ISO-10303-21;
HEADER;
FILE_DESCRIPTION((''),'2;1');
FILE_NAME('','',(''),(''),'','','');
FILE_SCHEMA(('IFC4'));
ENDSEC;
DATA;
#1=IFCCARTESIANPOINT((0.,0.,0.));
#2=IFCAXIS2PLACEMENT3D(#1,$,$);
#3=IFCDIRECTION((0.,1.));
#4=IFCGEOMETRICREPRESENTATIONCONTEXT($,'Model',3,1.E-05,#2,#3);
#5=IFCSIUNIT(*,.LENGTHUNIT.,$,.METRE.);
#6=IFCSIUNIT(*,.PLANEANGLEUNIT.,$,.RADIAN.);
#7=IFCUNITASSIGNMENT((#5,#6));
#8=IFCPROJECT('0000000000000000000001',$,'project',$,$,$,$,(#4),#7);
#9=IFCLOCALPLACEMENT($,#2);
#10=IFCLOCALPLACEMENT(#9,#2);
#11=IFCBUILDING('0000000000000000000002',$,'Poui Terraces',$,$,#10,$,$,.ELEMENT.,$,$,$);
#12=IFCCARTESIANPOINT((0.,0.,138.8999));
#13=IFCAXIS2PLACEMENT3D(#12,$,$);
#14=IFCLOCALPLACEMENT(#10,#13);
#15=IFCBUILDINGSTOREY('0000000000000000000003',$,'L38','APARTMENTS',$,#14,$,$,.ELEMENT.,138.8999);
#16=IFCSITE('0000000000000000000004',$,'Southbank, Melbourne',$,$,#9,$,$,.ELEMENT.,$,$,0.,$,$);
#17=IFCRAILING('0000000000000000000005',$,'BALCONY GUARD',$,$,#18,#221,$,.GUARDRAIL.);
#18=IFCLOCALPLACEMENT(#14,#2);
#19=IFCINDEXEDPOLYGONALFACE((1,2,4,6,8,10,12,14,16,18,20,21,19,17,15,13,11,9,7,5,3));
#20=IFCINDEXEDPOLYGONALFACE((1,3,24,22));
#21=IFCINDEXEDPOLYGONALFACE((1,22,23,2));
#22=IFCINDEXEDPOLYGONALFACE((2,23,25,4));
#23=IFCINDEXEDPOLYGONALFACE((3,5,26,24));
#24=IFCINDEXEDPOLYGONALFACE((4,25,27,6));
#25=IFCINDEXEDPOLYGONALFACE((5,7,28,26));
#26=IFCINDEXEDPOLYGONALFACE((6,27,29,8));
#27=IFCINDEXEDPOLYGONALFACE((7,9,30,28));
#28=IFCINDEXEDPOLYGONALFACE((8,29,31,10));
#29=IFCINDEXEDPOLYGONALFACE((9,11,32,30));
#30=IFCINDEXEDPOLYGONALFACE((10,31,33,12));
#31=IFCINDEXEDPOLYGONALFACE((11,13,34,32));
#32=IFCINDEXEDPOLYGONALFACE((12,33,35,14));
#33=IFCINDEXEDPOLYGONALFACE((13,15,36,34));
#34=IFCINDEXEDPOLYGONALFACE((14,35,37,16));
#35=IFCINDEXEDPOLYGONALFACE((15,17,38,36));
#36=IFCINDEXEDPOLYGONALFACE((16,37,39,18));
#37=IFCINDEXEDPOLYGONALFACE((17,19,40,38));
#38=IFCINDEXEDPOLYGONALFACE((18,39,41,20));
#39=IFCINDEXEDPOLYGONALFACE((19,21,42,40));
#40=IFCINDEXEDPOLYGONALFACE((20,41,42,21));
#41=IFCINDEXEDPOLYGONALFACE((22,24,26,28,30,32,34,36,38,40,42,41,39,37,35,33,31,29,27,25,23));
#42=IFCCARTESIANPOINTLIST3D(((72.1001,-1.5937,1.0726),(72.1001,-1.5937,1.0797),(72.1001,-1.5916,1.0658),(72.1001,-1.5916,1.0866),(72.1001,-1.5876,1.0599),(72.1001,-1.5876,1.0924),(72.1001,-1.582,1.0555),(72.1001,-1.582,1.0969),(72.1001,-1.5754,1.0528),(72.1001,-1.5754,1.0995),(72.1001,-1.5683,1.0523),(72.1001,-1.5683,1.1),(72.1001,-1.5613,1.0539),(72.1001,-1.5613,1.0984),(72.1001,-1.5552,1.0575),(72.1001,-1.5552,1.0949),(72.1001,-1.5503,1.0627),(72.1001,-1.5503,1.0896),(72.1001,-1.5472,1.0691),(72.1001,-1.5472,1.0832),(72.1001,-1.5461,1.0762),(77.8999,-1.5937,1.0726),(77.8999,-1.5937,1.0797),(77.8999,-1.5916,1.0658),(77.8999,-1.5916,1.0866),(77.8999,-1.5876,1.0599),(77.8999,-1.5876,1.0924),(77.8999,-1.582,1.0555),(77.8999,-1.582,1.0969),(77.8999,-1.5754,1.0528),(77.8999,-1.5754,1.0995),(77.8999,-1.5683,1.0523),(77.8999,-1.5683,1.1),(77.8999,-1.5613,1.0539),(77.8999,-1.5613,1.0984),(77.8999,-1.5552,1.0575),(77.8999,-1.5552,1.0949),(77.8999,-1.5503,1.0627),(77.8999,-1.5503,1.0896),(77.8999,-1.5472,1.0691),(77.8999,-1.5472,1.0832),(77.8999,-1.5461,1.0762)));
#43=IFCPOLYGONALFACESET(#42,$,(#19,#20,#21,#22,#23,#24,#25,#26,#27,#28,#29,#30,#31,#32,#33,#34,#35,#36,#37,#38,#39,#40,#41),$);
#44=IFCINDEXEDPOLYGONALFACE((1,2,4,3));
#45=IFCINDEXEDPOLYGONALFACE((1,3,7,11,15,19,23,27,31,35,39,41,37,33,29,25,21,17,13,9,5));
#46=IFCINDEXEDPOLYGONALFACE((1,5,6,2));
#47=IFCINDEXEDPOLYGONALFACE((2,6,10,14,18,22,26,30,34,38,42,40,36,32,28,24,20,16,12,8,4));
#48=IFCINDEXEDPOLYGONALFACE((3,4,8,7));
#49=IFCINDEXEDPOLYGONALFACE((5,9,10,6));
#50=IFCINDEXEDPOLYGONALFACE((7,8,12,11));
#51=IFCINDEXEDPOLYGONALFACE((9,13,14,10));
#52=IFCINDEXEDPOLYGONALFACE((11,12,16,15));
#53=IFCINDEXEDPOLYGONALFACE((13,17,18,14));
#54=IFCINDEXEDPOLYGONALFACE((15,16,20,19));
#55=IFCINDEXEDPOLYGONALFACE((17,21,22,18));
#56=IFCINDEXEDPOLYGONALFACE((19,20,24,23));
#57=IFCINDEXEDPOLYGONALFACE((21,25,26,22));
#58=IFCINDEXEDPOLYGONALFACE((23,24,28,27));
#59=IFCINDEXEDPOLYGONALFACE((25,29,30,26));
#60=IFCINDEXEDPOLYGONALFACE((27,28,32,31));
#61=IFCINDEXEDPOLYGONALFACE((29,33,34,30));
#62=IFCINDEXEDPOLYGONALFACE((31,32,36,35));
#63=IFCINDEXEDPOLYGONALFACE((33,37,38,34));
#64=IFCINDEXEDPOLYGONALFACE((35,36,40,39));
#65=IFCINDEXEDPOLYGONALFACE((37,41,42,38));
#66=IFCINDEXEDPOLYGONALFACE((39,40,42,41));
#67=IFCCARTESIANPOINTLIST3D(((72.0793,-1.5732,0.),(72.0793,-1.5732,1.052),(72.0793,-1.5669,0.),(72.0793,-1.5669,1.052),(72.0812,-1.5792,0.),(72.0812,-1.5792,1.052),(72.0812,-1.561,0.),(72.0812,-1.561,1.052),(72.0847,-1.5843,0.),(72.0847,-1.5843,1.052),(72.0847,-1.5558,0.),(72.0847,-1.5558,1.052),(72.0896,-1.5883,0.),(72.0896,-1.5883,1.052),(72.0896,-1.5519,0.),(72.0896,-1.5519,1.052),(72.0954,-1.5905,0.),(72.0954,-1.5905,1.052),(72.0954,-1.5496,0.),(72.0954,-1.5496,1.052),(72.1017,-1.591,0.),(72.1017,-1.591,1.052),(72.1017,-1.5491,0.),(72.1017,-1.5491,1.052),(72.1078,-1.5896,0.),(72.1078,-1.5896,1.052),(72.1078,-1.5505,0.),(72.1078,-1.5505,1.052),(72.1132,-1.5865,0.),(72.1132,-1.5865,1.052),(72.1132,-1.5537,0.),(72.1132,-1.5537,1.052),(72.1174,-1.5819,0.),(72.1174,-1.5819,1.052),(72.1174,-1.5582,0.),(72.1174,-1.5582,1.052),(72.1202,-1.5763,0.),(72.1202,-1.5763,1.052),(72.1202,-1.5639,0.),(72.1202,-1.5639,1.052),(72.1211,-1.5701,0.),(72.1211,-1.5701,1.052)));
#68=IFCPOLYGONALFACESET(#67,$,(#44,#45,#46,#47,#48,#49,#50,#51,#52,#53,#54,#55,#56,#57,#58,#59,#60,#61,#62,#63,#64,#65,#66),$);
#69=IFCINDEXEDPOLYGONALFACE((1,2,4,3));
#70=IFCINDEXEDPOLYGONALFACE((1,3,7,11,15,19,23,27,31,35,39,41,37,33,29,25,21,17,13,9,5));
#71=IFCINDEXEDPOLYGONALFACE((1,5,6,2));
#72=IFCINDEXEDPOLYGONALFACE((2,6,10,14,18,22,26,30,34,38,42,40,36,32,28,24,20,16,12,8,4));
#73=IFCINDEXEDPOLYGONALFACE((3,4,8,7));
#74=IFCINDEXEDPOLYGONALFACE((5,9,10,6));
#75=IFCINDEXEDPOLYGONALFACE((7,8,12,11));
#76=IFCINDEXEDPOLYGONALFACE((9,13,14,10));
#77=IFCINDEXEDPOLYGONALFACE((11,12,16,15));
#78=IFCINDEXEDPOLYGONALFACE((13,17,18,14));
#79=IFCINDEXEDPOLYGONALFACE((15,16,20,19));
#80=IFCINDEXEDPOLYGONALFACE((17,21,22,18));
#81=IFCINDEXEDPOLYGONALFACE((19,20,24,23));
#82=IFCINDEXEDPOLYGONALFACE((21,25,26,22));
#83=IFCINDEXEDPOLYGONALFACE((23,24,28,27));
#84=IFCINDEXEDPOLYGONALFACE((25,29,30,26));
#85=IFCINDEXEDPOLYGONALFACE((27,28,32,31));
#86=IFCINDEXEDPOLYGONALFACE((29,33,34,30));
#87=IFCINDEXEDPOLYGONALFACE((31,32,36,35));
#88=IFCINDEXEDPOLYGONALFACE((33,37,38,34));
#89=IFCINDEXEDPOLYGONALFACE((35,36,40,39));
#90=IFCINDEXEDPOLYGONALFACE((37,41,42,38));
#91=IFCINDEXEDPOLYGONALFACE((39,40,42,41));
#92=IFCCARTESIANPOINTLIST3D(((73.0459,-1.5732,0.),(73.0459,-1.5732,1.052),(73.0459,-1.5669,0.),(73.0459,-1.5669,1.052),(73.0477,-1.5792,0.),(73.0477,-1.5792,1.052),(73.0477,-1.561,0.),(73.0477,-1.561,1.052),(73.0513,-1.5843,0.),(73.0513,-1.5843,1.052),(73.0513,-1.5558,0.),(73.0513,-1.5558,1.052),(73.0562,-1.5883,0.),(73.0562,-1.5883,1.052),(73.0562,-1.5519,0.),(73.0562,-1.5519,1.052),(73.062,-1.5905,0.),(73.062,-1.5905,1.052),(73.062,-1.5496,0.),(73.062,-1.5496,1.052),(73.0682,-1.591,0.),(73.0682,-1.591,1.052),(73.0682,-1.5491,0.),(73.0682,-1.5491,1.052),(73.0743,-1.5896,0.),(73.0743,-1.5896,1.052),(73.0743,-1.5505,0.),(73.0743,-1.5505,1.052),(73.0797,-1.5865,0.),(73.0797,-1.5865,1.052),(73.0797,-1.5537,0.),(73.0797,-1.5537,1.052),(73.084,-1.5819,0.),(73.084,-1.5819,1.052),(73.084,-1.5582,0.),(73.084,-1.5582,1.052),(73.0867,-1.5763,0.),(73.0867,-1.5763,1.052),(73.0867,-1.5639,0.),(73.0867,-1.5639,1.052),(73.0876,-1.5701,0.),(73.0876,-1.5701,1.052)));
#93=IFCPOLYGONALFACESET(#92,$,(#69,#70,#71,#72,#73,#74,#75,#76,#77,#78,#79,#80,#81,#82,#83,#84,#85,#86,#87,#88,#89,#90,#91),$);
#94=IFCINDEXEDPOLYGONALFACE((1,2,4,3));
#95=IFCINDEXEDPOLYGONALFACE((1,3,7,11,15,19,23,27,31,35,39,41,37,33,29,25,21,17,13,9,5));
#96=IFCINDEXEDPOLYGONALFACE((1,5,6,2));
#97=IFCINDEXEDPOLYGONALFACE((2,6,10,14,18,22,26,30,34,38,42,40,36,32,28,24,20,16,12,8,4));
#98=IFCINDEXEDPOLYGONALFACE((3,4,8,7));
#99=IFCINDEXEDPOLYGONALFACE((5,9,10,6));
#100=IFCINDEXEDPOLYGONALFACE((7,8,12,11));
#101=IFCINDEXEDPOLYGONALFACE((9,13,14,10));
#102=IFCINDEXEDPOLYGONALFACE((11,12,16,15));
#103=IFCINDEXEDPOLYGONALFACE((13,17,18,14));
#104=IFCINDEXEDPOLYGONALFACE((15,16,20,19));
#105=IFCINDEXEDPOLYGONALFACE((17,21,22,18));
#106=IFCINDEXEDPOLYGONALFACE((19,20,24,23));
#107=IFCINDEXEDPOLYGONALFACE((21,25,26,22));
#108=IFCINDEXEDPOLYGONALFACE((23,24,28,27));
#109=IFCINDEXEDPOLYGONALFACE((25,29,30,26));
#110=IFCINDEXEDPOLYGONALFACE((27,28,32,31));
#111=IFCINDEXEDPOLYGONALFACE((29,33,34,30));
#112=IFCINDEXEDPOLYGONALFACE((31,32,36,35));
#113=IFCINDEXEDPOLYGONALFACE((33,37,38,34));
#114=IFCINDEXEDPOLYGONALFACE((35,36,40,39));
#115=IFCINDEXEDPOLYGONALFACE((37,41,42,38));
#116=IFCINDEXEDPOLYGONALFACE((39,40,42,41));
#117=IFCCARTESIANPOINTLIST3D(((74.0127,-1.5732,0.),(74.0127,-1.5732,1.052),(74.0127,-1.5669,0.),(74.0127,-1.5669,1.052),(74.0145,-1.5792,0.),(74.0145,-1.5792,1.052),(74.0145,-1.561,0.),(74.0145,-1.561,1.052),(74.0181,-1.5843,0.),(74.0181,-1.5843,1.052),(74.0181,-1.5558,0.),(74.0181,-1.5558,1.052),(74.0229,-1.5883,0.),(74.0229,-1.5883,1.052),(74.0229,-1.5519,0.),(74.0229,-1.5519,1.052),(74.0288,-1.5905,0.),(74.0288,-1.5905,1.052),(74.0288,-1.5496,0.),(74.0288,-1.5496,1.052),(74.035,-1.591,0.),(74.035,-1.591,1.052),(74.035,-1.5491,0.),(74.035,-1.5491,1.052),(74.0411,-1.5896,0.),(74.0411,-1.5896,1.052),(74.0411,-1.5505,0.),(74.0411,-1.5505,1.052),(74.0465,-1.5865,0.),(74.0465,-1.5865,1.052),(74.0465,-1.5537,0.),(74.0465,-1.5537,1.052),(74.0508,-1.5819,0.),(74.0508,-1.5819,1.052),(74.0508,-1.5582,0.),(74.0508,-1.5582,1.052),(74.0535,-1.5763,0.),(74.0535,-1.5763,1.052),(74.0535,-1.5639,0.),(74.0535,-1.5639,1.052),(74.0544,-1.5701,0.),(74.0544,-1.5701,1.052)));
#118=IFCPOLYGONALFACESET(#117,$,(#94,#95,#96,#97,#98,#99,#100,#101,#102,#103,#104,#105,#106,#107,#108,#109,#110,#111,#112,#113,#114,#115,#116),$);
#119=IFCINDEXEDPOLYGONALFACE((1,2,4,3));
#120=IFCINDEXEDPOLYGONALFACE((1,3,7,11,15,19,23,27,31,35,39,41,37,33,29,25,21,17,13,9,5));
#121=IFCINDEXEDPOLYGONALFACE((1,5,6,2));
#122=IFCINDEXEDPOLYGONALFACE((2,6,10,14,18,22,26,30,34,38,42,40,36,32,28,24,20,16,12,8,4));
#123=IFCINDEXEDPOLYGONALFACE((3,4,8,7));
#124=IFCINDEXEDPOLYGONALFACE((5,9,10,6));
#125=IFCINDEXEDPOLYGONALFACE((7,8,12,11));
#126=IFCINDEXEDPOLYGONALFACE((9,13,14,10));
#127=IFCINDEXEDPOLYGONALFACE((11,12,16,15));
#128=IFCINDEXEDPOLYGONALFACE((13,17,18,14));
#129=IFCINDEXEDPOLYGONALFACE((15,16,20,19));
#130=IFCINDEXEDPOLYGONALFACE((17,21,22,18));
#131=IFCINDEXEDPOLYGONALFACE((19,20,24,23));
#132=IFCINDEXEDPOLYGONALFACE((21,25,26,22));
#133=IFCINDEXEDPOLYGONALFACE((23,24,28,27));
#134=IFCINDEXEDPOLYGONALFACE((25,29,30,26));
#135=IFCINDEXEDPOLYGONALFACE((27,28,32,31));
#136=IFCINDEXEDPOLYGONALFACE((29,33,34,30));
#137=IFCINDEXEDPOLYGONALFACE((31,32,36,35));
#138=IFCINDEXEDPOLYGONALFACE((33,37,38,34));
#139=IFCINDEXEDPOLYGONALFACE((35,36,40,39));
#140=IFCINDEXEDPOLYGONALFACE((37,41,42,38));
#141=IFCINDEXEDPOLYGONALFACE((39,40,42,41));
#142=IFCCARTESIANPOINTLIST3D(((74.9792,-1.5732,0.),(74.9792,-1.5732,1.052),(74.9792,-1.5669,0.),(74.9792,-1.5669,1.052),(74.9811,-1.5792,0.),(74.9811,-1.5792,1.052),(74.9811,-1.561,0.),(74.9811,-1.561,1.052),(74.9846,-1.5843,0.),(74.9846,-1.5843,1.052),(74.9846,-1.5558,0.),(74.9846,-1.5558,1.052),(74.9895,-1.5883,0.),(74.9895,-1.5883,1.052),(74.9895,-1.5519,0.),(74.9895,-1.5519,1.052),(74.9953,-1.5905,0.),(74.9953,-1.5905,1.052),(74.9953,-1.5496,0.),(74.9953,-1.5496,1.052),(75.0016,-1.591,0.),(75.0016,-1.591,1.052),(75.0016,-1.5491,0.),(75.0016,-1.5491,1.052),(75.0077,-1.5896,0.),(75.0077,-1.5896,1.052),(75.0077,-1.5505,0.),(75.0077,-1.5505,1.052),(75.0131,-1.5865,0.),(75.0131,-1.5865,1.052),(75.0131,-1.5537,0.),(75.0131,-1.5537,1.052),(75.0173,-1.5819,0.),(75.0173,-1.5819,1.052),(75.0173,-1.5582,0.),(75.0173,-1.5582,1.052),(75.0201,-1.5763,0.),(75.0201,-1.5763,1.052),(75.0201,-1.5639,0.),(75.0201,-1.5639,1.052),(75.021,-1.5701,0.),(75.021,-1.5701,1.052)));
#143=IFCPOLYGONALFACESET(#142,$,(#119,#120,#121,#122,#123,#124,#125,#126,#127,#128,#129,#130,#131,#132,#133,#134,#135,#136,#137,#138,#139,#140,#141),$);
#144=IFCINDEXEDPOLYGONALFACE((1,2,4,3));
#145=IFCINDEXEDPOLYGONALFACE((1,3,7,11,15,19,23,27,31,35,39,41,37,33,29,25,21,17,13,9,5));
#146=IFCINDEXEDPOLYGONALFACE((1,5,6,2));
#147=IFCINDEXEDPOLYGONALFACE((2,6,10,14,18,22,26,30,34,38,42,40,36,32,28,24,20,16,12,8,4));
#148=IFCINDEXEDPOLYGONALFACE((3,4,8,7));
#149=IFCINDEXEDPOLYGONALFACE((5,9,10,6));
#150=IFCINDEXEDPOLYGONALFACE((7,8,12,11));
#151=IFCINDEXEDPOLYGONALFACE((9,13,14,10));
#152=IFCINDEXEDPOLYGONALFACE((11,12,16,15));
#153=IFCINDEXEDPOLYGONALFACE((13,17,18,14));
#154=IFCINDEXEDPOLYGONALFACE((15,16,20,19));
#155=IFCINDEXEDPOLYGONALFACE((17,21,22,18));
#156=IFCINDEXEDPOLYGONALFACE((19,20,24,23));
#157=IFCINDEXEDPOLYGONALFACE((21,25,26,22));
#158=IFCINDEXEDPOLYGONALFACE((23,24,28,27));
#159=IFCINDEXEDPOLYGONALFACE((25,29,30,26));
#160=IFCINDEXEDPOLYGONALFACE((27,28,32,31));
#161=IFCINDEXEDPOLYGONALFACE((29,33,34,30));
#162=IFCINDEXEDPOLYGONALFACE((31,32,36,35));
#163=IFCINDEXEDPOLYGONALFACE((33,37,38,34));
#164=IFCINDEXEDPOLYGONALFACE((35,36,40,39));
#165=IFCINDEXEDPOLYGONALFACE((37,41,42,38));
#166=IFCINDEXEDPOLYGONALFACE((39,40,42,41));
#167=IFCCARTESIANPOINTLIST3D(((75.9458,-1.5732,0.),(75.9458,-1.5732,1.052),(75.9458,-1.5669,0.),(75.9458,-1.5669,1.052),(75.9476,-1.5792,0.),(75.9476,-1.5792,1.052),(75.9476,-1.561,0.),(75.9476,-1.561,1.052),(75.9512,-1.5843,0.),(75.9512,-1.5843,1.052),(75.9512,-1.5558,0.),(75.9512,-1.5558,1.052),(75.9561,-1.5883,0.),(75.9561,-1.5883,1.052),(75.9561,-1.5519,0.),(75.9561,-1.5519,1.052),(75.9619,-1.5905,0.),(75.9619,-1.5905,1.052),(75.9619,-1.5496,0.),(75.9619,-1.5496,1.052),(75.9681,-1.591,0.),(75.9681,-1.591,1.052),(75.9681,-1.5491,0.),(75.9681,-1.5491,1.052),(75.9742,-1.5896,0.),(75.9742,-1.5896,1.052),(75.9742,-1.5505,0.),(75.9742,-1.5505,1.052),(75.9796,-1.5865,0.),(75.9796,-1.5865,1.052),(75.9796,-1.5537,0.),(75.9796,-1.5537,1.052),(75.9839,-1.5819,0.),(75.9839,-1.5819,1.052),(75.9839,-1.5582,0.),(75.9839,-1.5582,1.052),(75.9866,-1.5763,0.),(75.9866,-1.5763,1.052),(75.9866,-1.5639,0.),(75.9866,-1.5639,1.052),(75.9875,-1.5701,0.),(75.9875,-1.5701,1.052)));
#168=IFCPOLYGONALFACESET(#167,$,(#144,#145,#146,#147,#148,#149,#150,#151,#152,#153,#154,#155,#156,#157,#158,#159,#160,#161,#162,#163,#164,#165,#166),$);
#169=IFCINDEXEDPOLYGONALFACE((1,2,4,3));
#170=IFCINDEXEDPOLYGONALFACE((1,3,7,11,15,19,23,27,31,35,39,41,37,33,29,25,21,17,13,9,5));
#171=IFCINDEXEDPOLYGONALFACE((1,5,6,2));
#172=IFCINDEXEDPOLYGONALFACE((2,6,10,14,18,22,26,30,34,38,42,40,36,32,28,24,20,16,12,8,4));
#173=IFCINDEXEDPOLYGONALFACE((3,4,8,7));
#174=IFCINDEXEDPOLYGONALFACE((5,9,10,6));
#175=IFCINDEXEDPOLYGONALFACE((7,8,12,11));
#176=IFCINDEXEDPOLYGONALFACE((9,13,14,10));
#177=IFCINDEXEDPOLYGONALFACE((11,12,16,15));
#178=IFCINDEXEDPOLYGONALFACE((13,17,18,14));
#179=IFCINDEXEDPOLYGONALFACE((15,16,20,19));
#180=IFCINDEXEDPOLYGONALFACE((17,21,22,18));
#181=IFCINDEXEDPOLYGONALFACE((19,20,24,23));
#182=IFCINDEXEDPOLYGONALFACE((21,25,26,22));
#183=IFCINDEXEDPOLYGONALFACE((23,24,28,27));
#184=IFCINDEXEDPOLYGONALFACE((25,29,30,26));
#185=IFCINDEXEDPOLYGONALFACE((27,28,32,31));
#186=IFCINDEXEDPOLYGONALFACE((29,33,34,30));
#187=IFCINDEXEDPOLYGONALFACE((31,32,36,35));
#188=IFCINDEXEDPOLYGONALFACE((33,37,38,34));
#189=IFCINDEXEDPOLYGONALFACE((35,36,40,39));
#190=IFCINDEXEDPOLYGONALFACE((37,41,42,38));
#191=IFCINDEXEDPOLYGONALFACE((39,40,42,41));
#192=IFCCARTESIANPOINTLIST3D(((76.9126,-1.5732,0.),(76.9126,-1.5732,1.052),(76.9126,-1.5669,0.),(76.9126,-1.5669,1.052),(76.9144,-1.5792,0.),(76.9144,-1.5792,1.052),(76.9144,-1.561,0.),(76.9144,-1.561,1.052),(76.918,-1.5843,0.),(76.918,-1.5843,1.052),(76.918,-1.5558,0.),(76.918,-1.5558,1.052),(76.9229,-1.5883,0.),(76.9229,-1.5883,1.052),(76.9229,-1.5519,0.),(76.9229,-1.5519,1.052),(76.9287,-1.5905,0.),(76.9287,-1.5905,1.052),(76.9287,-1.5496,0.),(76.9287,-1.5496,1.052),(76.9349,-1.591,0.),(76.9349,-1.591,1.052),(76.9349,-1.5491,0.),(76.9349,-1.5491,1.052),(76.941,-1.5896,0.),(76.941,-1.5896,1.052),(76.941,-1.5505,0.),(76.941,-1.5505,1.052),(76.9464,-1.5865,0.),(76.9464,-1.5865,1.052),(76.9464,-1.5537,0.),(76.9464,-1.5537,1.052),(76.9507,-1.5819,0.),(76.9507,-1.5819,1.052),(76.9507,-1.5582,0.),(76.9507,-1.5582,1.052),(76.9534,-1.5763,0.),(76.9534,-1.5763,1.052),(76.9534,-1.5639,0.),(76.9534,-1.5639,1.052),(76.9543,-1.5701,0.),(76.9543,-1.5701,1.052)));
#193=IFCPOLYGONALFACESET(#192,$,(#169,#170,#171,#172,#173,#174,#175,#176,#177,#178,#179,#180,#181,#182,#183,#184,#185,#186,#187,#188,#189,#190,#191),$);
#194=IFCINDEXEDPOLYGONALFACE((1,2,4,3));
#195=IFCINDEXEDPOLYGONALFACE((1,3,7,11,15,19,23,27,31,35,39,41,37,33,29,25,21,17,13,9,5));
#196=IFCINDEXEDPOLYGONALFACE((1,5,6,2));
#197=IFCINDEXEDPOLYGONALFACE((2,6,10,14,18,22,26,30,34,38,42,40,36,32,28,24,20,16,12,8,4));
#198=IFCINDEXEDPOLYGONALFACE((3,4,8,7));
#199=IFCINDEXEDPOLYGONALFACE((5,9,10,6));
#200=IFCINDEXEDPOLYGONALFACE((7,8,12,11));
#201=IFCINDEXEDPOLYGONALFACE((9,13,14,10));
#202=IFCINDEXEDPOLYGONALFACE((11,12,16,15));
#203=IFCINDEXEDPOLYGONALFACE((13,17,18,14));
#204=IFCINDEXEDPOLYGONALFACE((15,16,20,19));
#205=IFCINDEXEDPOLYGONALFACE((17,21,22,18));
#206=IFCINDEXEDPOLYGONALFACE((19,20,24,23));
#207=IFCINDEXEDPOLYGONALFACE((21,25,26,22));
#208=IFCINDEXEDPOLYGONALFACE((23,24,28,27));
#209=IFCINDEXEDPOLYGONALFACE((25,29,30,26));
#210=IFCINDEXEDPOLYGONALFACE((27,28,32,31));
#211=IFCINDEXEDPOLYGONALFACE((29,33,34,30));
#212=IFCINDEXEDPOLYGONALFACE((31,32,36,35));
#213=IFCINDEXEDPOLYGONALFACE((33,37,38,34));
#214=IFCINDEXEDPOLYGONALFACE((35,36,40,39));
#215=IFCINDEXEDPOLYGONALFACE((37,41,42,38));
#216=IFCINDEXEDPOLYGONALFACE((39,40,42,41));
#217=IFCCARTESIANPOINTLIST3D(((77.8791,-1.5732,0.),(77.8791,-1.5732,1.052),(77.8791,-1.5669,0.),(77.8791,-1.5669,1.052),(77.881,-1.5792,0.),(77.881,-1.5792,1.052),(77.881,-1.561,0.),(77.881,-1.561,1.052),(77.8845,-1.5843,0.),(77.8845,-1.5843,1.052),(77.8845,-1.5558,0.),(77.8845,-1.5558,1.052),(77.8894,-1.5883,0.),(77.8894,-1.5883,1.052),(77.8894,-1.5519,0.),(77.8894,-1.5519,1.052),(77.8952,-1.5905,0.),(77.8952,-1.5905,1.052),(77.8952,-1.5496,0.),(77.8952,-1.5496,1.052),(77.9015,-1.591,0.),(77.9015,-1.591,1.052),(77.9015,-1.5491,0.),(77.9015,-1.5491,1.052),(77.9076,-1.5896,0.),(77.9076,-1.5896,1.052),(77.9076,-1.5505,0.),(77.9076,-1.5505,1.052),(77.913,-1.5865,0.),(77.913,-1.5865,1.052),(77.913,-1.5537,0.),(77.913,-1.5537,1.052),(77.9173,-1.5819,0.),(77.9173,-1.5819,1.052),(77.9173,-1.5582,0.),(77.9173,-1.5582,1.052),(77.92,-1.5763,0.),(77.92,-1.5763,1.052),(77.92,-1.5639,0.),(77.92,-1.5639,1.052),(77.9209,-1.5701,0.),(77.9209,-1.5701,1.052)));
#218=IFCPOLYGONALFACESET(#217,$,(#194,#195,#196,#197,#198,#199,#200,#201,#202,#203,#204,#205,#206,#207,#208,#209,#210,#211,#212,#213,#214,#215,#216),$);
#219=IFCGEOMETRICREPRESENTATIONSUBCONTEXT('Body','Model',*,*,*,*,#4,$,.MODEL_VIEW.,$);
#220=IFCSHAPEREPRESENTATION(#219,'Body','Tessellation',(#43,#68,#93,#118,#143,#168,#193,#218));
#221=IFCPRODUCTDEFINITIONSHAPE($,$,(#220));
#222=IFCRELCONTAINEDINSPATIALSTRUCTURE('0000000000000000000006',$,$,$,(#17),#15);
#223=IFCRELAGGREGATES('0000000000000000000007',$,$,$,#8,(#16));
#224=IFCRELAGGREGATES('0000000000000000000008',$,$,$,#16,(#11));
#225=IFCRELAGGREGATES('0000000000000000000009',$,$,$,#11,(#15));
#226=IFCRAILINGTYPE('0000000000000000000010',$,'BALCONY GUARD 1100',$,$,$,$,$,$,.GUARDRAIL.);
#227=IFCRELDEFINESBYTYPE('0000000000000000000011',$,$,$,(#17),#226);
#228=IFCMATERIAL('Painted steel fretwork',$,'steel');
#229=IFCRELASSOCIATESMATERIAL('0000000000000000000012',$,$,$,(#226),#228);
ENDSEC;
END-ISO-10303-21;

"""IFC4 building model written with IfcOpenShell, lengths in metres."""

from ifc_helpers import new_model, si_unit, direction, frame, origin, origin_2d, place, context, subcontext, project, spatial, circle, extrude, material, type_object, element, save


model = new_model("IFC4")

# Units and contexts
model_context = context("Model", 3, precision=1e-05, world=origin(), true_north=direction((0.0, 1.0)))
body_context = subcontext(model_context, "Body", "Model", "MODEL_VIEW")
ifc_project = project(units=[si_unit("LENGTHUNIT", "METRE"), si_unit("PLANEANGLEUNIT", "RADIAN")], contexts=[model_context])

# Site, building, storey
site_placement = place(None, origin())
site = spatial("IfcSite", under=ifc_project, at=site_placement, Name="Southbank, Melbourne", CompositionType="ELEMENT", RefElevation=0.0)
building_placement = place(site_placement, origin())
building = spatial("IfcBuilding", under=site, at=building_placement, Name="Poui Terraces", CompositionType="ELEMENT")
storey_placement = place(building_placement, frame((0.0, 0.0, 138.8999)))
storey = spatial("IfcBuildingStorey", under=building, at=storey_placement, Name="L38", Description="APARTMENTS", CompositionType="ELEMENT", Elevation=138.8999)

# Railing
ifc_material_1 = material(Name="Painted steel fretwork", Category="steel")
railing_type_1 = type_object("IfcRailingType", Name="BALCONY GUARD 1100", PredefinedType="GUARDRAIL", material=ifc_material_1)
railing_1_placement = place(storey_placement, frame((72.1001, -1.5701, 0.0)))
element("IfcRailing", 1, at=railing_1_placement, inside=storey, type_object=railing_type_1, Name="BALCONY GUARD", PredefinedType="GUARDRAIL", context=body_context, shape_type="SweptSolid", body=[
    extrude(circle(Radius=0.0239, at=origin_2d()), frame((0.0, 0.0, 1.0762), z_axis=(1.0, 0.0, 0.0), x_axis=(0.0, 1.0, 0.0)), (0.0, 0.0, 1.0), 5.7998),
    extrude(circle(Radius=0.021, at=origin_2d()), origin(), (0.0, 0.0, 1.0), 1.052),
    extrude(circle(Radius=0.021, at=origin_2d()), frame((0.9666, 0.0, 0.0)), (0.0, 0.0, 1.0), 1.052),
    extrude(circle(Radius=0.021, at=origin_2d()), frame((1.9333, 0.0, 0.0)), (0.0, 0.0, 1.0), 1.052),
    extrude(circle(Radius=0.021, at=origin_2d()), frame((2.8999, 0.0, 0.0)), (0.0, 0.0, 1.0), 1.052),
    extrude(circle(Radius=0.021, at=origin_2d()), frame((3.8665, 0.0, 0.0)), (0.0, 0.0, 1.0), 1.052),
    extrude(circle(Radius=0.021, at=origin_2d()), frame((4.8333, 0.0, 0.0)), (0.0, 0.0, 1.0), 1.052),
    extrude(circle(Radius=0.021, at=origin_2d()), frame((5.7998, 0.0, 0.0)), (0.0, 0.0, 1.0), 1.052),
])

save(model, "model.ifc")
